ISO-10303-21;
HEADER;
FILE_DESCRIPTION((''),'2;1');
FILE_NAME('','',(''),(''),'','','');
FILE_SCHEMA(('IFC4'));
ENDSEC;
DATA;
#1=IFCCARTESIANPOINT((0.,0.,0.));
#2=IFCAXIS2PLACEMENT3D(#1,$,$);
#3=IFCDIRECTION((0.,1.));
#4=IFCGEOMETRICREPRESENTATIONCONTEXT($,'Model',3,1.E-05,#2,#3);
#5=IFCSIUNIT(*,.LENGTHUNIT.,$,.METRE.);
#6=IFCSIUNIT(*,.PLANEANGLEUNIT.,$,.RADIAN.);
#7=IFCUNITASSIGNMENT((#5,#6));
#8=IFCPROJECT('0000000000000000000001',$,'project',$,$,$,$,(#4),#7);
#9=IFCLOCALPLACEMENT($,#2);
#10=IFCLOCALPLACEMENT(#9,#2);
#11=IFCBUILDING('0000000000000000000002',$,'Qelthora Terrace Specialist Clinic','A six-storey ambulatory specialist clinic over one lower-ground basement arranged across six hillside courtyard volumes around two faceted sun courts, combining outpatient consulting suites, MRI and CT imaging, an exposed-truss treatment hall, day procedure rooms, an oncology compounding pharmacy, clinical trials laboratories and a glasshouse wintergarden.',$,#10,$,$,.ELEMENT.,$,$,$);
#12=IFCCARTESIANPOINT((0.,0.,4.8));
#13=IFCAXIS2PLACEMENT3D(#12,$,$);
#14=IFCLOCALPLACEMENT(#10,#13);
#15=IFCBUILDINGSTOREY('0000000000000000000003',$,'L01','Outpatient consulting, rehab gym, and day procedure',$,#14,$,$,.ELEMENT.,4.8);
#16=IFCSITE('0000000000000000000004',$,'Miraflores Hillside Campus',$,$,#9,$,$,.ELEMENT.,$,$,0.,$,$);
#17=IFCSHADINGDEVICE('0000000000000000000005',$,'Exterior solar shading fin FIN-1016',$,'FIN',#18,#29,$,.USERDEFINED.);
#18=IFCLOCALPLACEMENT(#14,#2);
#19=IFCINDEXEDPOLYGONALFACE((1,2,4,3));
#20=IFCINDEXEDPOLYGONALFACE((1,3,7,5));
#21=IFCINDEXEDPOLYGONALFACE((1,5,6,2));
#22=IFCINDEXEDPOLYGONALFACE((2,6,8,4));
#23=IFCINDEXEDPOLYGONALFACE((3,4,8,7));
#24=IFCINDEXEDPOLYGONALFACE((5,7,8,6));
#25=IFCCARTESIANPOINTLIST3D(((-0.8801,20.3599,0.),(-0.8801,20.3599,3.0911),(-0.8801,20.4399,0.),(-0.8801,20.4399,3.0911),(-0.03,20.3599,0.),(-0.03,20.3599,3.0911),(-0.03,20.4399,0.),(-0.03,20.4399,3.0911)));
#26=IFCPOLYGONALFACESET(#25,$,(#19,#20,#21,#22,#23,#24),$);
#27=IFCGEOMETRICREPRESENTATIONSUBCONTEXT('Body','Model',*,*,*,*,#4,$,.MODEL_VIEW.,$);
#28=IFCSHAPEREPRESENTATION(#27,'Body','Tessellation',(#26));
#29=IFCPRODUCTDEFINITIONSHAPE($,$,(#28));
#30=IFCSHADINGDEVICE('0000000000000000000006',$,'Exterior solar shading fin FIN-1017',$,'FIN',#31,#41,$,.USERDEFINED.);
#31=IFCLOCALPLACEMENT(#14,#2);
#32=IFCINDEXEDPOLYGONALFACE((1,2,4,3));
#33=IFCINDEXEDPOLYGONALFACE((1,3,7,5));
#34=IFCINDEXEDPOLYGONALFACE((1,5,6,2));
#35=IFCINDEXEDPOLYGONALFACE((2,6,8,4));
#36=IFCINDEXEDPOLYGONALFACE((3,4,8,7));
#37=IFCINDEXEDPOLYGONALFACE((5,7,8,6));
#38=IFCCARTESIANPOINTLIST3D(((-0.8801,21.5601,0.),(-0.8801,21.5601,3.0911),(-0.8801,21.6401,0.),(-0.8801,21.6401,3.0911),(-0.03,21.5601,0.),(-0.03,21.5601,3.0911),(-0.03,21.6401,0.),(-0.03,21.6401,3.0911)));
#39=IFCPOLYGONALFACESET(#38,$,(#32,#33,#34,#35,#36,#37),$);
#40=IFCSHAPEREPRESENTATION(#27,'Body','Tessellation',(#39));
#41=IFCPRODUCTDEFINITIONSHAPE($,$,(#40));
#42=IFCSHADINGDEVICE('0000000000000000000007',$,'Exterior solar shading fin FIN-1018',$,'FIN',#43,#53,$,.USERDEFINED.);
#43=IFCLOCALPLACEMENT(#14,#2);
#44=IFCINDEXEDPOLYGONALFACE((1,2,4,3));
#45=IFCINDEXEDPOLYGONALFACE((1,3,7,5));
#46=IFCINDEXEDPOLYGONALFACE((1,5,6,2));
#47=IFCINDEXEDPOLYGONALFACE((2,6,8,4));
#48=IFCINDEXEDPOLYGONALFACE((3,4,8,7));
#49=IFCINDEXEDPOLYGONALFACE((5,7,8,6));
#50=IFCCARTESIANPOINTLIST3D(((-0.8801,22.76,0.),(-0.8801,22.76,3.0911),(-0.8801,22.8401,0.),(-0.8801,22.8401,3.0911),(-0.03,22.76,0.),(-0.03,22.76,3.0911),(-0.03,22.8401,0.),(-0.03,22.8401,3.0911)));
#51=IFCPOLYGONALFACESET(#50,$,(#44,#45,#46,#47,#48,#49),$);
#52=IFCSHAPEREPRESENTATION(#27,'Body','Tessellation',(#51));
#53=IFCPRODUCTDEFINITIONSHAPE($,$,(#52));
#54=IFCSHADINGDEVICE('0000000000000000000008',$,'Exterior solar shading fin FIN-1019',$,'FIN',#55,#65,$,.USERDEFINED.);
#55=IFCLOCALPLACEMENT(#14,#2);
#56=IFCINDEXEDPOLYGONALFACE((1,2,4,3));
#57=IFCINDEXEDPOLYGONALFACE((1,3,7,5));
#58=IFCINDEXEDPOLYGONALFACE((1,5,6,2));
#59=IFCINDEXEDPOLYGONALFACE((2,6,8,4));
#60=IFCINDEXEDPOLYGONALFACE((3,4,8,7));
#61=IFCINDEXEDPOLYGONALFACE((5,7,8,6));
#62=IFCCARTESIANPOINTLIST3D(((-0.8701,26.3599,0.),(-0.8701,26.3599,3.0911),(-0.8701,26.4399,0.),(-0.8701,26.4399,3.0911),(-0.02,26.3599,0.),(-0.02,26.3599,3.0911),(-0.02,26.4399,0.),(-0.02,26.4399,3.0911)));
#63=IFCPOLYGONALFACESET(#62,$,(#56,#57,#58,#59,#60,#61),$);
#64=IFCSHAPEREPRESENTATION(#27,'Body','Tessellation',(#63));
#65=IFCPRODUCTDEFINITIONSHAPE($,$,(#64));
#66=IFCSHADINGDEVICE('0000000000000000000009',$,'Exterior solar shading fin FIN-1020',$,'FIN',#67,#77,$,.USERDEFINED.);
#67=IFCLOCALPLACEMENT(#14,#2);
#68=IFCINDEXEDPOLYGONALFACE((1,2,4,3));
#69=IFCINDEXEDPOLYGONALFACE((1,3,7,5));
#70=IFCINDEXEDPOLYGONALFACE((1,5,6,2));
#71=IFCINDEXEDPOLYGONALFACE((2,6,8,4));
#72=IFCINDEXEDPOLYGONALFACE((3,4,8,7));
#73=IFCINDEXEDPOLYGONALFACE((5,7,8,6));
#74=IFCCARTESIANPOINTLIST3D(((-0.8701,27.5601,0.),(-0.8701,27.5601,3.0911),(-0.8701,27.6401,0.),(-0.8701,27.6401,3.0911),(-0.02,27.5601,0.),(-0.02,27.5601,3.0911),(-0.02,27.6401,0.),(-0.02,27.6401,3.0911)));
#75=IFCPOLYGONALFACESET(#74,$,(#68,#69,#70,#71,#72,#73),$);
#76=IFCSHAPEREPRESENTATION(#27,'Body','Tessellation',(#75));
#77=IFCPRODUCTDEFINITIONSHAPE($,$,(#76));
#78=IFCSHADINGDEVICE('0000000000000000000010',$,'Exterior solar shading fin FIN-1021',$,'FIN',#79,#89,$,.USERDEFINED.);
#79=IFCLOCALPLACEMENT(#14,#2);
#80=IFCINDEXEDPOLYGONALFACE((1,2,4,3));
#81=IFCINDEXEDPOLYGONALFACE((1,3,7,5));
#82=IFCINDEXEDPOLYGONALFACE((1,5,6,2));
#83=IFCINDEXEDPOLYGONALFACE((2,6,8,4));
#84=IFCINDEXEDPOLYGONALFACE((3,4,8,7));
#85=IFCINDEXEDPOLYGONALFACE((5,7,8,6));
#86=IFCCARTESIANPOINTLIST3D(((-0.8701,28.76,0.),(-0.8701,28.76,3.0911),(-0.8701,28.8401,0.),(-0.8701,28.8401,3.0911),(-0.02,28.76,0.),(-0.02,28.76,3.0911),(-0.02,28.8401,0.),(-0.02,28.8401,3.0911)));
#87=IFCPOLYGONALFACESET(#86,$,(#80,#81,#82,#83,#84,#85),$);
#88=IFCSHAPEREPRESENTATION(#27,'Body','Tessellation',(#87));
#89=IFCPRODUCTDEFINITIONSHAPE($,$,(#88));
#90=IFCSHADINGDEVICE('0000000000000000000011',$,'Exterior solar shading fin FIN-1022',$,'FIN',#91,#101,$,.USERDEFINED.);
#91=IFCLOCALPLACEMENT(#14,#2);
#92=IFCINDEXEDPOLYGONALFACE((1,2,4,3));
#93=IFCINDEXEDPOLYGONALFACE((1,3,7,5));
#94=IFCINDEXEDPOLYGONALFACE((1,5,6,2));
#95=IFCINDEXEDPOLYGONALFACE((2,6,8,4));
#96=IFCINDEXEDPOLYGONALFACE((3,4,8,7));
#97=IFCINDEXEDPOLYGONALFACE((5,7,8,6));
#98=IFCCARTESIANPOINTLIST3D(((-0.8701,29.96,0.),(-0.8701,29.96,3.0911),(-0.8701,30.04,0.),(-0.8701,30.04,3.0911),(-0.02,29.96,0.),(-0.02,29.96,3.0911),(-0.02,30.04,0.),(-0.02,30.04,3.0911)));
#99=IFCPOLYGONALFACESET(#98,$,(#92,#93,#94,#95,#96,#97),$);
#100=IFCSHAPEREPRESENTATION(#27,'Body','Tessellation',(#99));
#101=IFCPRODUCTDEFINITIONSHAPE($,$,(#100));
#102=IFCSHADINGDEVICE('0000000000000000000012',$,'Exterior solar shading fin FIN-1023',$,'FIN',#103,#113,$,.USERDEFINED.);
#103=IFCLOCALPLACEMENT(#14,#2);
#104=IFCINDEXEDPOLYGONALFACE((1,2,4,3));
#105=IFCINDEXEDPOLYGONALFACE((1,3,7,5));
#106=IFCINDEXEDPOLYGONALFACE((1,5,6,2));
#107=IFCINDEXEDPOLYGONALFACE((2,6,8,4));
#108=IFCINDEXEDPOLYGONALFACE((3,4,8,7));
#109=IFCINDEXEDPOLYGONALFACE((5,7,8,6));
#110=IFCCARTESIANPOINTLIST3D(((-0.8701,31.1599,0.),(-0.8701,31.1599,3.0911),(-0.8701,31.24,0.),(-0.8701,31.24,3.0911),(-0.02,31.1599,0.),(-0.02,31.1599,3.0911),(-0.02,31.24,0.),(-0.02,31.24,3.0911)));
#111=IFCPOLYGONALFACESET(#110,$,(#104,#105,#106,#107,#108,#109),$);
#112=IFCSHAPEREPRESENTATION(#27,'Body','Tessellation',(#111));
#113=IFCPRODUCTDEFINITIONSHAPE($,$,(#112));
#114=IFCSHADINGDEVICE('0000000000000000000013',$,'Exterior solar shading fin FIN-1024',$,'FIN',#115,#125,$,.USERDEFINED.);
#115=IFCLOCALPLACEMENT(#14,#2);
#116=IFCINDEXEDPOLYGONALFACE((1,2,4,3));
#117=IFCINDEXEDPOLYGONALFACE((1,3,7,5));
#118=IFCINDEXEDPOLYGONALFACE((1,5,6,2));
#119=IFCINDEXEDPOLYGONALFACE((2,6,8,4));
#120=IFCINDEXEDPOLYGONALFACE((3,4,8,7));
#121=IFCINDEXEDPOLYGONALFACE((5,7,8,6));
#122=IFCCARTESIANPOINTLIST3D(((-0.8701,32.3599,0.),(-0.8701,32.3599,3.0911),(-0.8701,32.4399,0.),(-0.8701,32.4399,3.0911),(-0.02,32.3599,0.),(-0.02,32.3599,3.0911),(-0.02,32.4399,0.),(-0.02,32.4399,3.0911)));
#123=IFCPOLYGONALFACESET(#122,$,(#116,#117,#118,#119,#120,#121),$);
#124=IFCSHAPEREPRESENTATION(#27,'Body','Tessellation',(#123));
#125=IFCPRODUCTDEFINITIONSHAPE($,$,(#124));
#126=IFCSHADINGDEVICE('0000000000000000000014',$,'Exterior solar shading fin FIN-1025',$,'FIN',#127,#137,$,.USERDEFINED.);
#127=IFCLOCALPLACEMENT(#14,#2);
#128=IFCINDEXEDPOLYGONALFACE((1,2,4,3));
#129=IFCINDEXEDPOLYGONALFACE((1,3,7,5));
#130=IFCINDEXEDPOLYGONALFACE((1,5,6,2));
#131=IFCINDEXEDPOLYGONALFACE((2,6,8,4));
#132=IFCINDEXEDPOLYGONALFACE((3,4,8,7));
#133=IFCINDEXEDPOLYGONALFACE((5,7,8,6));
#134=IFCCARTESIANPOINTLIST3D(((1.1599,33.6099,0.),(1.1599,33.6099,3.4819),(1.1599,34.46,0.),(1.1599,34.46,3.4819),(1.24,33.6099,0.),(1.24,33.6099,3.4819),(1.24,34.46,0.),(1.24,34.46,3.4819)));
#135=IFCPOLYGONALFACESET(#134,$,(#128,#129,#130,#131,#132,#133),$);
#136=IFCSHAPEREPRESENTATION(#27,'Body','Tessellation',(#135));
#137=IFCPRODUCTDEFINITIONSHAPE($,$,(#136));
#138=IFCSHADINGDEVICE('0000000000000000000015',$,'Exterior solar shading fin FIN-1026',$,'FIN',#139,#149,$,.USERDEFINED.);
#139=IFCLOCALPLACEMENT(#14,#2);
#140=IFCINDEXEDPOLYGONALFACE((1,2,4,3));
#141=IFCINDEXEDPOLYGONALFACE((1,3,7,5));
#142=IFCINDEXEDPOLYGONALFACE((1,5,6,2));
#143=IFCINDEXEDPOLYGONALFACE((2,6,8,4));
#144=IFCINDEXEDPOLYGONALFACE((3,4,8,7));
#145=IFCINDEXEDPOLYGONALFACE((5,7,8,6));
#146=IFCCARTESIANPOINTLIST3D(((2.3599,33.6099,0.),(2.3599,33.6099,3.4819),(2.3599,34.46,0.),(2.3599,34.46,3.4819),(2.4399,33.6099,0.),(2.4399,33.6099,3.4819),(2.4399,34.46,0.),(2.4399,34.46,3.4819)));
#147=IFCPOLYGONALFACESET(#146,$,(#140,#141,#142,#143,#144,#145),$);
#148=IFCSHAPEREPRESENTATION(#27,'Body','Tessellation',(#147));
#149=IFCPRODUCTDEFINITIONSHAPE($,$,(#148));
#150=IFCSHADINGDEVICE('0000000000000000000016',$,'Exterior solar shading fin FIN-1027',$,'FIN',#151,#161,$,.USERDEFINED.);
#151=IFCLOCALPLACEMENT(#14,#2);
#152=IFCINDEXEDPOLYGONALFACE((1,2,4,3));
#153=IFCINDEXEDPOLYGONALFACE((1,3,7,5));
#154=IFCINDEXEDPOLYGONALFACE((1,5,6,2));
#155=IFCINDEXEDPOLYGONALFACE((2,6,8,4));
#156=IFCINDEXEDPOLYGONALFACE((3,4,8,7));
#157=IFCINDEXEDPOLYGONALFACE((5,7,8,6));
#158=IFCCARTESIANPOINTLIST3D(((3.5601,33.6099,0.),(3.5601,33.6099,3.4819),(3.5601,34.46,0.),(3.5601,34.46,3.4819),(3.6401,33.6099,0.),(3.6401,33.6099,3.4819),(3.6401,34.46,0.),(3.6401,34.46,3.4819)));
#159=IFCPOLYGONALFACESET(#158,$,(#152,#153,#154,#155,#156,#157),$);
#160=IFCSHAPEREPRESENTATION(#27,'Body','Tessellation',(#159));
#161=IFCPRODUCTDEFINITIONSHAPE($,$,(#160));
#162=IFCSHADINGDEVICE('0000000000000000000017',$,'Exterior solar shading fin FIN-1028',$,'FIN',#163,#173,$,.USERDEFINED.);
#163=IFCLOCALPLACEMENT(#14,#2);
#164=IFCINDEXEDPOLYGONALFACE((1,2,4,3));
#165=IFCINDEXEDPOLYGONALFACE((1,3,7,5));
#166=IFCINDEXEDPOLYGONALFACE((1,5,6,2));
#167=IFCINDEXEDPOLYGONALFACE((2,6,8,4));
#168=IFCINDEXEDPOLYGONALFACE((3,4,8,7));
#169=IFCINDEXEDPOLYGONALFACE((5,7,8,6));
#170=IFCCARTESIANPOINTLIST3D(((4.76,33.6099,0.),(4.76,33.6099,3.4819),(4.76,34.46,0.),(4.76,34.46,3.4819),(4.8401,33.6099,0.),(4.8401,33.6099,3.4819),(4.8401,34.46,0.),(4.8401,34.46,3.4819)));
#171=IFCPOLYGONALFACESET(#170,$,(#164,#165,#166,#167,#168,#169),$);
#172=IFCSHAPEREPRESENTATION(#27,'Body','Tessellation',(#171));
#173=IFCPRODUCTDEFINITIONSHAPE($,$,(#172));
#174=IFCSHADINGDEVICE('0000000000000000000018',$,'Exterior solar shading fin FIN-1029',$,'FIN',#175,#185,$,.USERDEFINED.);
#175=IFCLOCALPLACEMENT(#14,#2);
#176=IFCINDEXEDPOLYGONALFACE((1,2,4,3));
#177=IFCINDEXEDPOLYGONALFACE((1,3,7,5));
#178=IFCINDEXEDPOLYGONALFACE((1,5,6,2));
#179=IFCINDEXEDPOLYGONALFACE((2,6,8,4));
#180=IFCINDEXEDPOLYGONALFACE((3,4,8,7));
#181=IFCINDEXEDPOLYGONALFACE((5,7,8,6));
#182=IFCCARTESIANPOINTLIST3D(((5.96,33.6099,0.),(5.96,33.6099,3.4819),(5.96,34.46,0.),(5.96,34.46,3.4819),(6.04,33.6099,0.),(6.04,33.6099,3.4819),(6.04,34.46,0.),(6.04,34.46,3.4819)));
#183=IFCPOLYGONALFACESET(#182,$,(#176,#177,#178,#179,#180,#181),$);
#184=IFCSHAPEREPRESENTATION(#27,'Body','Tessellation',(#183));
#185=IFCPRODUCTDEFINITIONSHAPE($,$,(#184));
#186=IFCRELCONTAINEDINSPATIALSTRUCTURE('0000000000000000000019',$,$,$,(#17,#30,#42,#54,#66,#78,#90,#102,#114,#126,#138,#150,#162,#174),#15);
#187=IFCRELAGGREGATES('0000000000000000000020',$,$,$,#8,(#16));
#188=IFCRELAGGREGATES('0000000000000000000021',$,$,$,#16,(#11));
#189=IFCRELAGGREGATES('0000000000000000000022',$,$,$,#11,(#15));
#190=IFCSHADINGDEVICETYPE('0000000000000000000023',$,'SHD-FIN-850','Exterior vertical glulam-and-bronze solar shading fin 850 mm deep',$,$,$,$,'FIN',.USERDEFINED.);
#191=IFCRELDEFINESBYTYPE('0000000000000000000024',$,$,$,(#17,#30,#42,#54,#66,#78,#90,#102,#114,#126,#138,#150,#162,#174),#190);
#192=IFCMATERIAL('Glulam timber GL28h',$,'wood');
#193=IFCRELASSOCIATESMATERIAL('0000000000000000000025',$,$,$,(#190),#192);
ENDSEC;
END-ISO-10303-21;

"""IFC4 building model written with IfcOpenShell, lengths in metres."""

from ifc_helpers import new_model, si_unit, direction, frame, origin, origin_2d, place, context, subcontext, project, spatial, rectangle, extrude, material, type_object, element, save


model = new_model("IFC4")

# Units and contexts
model_context = context("Model", 3, precision=1e-05, world=origin(), true_north=direction((0.0, 1.0)))
body_context = subcontext(model_context, "Body", "Model", "MODEL_VIEW")
ifc_project = project(units=[si_unit("LENGTHUNIT", "METRE"), si_unit("PLANEANGLEUNIT", "RADIAN")], contexts=[model_context])

# Site, building, storey
site_placement = place(None, origin())
site = spatial("IfcSite", under=ifc_project, at=site_placement, Name="Miraflores Hillside Campus", CompositionType="ELEMENT", RefElevation=0.0)
building_placement = place(site_placement, origin())
building = spatial("IfcBuilding", under=site, at=building_placement, Name="Qelthora Terrace Specialist Clinic", Description="A six-storey ambulatory specialist clinic over one lower-ground basement arranged across six hillside courtyard volumes around two faceted sun courts, combining outpatient consulting suites, MRI and CT imaging, an exposed-truss treatment hall, day procedure rooms, an oncology compounding pharmacy, clinical trials laboratories and a glasshouse wintergarden.", CompositionType="ELEMENT")
storey_placement = place(building_placement, frame((0.0, 0.0, 4.8)))
storey = spatial("IfcBuildingStorey", under=building, at=storey_placement, Name="L01", Description="Outpatient consulting, rehab gym, and day procedure", CompositionType="ELEMENT", Elevation=4.8)

# Shading devices
ifc_material_1 = material(Name="Glulam timber GL28h", Category="wood")
shading_device_type = type_object("IfcShadingDeviceType", Name="SHD-FIN-850", Description="Exterior vertical glulam-and-bronze solar shading fin 850 mm deep", ElementType="FIN", PredefinedType="USERDEFINED", material=ifc_material_1)
for number, where, z_axis, x_axis, name in (
    (1, (-0.4551, 20.3999, 0.0), (0.0, 0.0, 1.0), (-1.0, 0.0, 0.0), "Exterior solar shading fin FIN-1016"),
    (2, (-0.4551, 21.6001, 0.0), (0.0, 0.0, 1.0), (-1.0, 0.0, 0.0), "Exterior solar shading fin FIN-1017"),
    (3, (-0.4551, 22.8, 0.0), (0.0, 0.0, 1.0), (-1.0, 0.0, 0.0), "Exterior solar shading fin FIN-1018"),
    (4, (-0.4451, 26.3999, 0.0), (0.0, 0.0, 1.0), (-1.0, 0.0, 0.0), "Exterior solar shading fin FIN-1019"),
    (5, (-0.4451, 27.6001, 0.0), (0.0, 0.0, 1.0), (-1.0, 0.0, 0.0), "Exterior solar shading fin FIN-1020"),
    (6, (-0.4451, 28.8, 0.0), (0.0, 0.0, 1.0), (-1.0, 0.0, 0.0), "Exterior solar shading fin FIN-1021"),
    (7, (-0.4451, 30.0, 0.0), (0.0, 0.0, 1.0), (-1.0, 0.0, 0.0), "Exterior solar shading fin FIN-1022"),
    (8, (-0.4451, 31.2, 0.0), (0.0, 0.0, 1.0), (-1.0, 0.0, 0.0), "Exterior solar shading fin FIN-1023"),
    (9, (-0.4451, 32.3999, 0.0), (0.0, 0.0, 1.0), (-1.0, 0.0, 0.0), "Exterior solar shading fin FIN-1024"),
):
    element("IfcShadingDevice", number, at=place(storey_placement, frame(where, z_axis=z_axis, x_axis=x_axis)), inside=storey, type_object=shading_device_type, Name=name, ObjectType="FIN", PredefinedType="USERDEFINED", context=body_context, shape_type="SweptSolid", body=[
        extrude(rectangle(XDim=0.8501, YDim=0.0801, at=origin_2d()), origin(), (0.0, 0.0, 1.0), 3.0911),
    ])
for number, where, z_axis, x_axis, name in (
    (10, (1.2, 34.0349, 0.0), (0.0, 0.0, 1.0), (0.0, 1.0, 0.0), "Exterior solar shading fin FIN-1025"),
    (11, (2.3999, 34.0349, 0.0), (0.0, 0.0, 1.0), (0.0, 1.0, 0.0), "Exterior solar shading fin FIN-1026"),
    (12, (3.6001, 34.0349, 0.0), (0.0, 0.0, 1.0), (0.0, 1.0, 0.0), "Exterior solar shading fin FIN-1027"),
    (13, (4.8, 34.0349, 0.0), (0.0, 0.0, 1.0), (0.0, 1.0, 0.0), "Exterior solar shading fin FIN-1028"),
    (14, (6.0, 34.0349, 0.0), (0.0, 0.0, 1.0), (0.0, 1.0, 0.0), "Exterior solar shading fin FIN-1029"),
):
    element("IfcShadingDevice", number, at=place(storey_placement, frame(where, z_axis=z_axis, x_axis=x_axis)), inside=storey, type_object=shading_device_type, Name=name, ObjectType="FIN", PredefinedType="USERDEFINED", context=body_context, shape_type="SweptSolid", body=[
        extrude(rectangle(XDim=0.8501, YDim=0.0801, at=origin_2d()), origin(), (0.0, 0.0, 1.0), 3.4819),
    ])

save(model, "model.ifc")
